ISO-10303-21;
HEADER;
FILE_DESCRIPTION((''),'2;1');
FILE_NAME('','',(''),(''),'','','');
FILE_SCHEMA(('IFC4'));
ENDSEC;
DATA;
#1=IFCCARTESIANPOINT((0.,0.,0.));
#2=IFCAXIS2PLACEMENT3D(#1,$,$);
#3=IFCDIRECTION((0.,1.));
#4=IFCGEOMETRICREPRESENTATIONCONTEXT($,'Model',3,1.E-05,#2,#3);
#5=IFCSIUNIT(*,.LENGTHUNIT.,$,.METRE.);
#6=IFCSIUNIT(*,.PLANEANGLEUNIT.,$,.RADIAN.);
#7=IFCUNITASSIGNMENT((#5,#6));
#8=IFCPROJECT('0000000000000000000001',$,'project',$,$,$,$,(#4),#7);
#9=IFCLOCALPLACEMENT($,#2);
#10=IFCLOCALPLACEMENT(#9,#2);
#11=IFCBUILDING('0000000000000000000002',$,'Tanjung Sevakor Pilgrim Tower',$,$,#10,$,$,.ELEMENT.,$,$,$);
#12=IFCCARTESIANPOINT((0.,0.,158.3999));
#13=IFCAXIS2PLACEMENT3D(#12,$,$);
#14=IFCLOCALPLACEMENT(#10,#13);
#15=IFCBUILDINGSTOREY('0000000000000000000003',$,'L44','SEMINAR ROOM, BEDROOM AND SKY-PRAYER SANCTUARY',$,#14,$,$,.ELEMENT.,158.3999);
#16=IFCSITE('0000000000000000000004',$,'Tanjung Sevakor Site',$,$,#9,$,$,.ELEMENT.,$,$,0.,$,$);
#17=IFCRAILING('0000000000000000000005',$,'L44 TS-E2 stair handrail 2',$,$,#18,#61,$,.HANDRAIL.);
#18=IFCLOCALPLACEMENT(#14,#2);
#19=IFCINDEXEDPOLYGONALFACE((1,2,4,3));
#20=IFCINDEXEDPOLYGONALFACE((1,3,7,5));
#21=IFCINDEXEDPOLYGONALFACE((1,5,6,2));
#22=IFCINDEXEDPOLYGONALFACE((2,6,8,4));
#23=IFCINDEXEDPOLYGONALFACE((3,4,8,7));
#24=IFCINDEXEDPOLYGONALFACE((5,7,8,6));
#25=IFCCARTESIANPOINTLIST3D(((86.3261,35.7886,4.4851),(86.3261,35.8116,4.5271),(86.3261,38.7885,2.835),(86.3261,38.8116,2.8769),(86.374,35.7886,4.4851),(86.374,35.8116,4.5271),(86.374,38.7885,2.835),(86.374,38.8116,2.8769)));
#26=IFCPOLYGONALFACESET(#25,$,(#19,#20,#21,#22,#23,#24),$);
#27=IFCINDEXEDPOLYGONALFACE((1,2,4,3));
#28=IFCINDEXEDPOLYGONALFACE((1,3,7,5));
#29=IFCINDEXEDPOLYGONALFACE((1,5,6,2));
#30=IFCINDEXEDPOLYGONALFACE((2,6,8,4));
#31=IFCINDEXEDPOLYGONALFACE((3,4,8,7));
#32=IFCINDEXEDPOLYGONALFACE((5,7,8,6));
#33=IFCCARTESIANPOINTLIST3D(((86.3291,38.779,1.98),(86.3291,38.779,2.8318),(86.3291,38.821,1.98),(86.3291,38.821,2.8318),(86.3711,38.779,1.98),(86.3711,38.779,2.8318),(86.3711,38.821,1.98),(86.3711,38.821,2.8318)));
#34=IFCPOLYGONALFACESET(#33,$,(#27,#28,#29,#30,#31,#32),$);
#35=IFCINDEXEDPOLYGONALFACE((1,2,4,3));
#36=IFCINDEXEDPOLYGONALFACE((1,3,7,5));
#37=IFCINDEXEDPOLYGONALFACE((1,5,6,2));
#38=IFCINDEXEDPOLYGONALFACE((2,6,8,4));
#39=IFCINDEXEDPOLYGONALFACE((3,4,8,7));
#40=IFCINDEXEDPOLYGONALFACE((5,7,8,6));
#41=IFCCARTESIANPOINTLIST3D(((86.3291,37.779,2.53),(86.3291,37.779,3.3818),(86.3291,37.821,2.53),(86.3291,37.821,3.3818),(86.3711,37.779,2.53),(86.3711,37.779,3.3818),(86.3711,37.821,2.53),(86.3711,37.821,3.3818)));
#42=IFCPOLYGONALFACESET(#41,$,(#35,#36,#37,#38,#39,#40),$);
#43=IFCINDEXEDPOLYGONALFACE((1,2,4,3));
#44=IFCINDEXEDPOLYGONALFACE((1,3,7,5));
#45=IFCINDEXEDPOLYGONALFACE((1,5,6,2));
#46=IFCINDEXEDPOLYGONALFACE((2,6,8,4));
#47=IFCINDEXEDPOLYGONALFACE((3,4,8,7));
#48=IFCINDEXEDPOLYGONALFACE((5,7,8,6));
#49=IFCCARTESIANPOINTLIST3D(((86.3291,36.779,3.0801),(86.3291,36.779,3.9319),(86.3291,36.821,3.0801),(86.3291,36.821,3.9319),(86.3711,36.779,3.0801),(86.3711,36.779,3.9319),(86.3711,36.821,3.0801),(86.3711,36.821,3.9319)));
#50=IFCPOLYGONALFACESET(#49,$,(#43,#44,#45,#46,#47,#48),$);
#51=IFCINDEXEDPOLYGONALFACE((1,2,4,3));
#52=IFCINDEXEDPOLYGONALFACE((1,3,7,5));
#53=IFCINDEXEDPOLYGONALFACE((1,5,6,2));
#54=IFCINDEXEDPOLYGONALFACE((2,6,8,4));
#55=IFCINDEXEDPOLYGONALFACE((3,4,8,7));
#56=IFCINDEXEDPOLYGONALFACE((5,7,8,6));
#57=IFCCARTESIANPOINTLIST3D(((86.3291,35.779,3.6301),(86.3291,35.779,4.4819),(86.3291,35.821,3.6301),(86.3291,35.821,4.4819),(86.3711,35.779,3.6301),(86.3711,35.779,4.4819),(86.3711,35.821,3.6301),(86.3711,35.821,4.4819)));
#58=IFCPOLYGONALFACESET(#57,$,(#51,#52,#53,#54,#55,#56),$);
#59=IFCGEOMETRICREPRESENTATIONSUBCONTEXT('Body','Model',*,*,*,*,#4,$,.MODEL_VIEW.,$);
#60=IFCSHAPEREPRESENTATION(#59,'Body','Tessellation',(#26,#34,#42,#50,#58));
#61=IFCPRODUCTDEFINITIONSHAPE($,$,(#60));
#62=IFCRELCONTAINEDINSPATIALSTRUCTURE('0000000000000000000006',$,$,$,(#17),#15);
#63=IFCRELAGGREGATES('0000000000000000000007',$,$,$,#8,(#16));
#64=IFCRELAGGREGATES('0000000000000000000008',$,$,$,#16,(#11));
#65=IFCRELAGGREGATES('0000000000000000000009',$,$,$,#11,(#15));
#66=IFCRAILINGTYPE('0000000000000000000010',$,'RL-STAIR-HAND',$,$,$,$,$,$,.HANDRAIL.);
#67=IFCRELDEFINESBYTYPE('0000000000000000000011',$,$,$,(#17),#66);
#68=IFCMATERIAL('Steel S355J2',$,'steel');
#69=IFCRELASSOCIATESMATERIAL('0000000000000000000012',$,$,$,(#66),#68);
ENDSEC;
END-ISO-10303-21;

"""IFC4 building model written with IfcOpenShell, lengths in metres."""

from ifc_helpers import new_model, si_unit, direction, frame, origin, place, context, subcontext, project, spatial, rectangle, extrude, material, type_object, element, save


model = new_model("IFC4")

# Units and contexts
model_context = context("Model", 3, precision=1e-05, world=origin(), true_north=direction((0.0, 1.0)))
body_context = subcontext(model_context, "Body", "Model", "MODEL_VIEW")
ifc_project = project(units=[si_unit("LENGTHUNIT", "METRE"), si_unit("PLANEANGLEUNIT", "RADIAN")], contexts=[model_context])

# Site, building, storey
site_placement = place(None, origin())
site = spatial("IfcSite", under=ifc_project, at=site_placement, Name="Tanjung Sevakor Site", CompositionType="ELEMENT", RefElevation=0.0)
building_placement = place(site_placement, origin())
building = spatial("IfcBuilding", under=site, at=building_placement, Name="Tanjung Sevakor Pilgrim Tower", CompositionType="ELEMENT")
storey_placement = place(building_placement, frame((0.0, 0.0, 158.3999)))
storey = spatial("IfcBuildingStorey", under=building, at=storey_placement, Name="L44", Description="SEMINAR ROOM, BEDROOM AND SKY-PRAYER SANCTUARY", CompositionType="ELEMENT", Elevation=158.3999)

# Railing
ifc_material_1 = material(Name="Steel S355J2", Category="steel")
railing_type_1 = type_object("IfcRailingType", Name="RL-STAIR-HAND", PredefinedType="HANDRAIL", material=ifc_material_1)
railing_1_placement = place(storey_placement, frame((86.3501, 38.8, 1.98)))
element("IfcRailing", 1, at=railing_1_placement, inside=storey, type_object=railing_type_1, Name="L44 TS-E2 stair handrail 2", PredefinedType="HANDRAIL", context=body_context, shape_type="SweptSolid", body=[
    extrude(rectangle(XDim=0.0479, YDim=0.0479), frame((0.0, 0.0, 0.876), z_axis=(0.0, -0.876198, 0.481952), x_axis=(1.0, 0.0, 0.0)), (0.0, 0.0, 1.0), 3.4238),
    extrude(rectangle(XDim=0.042, YDim=0.042), origin(), (0.0, 0.0, 1.0), 0.8518),
    extrude(rectangle(XDim=0.042, YDim=0.042), frame((0.0, -1.0, 0.55)), (0.0, 0.0, 1.0), 0.8518),
    extrude(rectangle(XDim=0.042, YDim=0.042), frame((0.0, -2.0, 1.1001)), (0.0, 0.0, 1.0), 0.8518),
    extrude(rectangle(XDim=0.042, YDim=0.042), frame((0.0, -3.0, 1.6501)), (0.0, 0.0, 1.0), 0.8518),
])

save(model, "model.ifc")
